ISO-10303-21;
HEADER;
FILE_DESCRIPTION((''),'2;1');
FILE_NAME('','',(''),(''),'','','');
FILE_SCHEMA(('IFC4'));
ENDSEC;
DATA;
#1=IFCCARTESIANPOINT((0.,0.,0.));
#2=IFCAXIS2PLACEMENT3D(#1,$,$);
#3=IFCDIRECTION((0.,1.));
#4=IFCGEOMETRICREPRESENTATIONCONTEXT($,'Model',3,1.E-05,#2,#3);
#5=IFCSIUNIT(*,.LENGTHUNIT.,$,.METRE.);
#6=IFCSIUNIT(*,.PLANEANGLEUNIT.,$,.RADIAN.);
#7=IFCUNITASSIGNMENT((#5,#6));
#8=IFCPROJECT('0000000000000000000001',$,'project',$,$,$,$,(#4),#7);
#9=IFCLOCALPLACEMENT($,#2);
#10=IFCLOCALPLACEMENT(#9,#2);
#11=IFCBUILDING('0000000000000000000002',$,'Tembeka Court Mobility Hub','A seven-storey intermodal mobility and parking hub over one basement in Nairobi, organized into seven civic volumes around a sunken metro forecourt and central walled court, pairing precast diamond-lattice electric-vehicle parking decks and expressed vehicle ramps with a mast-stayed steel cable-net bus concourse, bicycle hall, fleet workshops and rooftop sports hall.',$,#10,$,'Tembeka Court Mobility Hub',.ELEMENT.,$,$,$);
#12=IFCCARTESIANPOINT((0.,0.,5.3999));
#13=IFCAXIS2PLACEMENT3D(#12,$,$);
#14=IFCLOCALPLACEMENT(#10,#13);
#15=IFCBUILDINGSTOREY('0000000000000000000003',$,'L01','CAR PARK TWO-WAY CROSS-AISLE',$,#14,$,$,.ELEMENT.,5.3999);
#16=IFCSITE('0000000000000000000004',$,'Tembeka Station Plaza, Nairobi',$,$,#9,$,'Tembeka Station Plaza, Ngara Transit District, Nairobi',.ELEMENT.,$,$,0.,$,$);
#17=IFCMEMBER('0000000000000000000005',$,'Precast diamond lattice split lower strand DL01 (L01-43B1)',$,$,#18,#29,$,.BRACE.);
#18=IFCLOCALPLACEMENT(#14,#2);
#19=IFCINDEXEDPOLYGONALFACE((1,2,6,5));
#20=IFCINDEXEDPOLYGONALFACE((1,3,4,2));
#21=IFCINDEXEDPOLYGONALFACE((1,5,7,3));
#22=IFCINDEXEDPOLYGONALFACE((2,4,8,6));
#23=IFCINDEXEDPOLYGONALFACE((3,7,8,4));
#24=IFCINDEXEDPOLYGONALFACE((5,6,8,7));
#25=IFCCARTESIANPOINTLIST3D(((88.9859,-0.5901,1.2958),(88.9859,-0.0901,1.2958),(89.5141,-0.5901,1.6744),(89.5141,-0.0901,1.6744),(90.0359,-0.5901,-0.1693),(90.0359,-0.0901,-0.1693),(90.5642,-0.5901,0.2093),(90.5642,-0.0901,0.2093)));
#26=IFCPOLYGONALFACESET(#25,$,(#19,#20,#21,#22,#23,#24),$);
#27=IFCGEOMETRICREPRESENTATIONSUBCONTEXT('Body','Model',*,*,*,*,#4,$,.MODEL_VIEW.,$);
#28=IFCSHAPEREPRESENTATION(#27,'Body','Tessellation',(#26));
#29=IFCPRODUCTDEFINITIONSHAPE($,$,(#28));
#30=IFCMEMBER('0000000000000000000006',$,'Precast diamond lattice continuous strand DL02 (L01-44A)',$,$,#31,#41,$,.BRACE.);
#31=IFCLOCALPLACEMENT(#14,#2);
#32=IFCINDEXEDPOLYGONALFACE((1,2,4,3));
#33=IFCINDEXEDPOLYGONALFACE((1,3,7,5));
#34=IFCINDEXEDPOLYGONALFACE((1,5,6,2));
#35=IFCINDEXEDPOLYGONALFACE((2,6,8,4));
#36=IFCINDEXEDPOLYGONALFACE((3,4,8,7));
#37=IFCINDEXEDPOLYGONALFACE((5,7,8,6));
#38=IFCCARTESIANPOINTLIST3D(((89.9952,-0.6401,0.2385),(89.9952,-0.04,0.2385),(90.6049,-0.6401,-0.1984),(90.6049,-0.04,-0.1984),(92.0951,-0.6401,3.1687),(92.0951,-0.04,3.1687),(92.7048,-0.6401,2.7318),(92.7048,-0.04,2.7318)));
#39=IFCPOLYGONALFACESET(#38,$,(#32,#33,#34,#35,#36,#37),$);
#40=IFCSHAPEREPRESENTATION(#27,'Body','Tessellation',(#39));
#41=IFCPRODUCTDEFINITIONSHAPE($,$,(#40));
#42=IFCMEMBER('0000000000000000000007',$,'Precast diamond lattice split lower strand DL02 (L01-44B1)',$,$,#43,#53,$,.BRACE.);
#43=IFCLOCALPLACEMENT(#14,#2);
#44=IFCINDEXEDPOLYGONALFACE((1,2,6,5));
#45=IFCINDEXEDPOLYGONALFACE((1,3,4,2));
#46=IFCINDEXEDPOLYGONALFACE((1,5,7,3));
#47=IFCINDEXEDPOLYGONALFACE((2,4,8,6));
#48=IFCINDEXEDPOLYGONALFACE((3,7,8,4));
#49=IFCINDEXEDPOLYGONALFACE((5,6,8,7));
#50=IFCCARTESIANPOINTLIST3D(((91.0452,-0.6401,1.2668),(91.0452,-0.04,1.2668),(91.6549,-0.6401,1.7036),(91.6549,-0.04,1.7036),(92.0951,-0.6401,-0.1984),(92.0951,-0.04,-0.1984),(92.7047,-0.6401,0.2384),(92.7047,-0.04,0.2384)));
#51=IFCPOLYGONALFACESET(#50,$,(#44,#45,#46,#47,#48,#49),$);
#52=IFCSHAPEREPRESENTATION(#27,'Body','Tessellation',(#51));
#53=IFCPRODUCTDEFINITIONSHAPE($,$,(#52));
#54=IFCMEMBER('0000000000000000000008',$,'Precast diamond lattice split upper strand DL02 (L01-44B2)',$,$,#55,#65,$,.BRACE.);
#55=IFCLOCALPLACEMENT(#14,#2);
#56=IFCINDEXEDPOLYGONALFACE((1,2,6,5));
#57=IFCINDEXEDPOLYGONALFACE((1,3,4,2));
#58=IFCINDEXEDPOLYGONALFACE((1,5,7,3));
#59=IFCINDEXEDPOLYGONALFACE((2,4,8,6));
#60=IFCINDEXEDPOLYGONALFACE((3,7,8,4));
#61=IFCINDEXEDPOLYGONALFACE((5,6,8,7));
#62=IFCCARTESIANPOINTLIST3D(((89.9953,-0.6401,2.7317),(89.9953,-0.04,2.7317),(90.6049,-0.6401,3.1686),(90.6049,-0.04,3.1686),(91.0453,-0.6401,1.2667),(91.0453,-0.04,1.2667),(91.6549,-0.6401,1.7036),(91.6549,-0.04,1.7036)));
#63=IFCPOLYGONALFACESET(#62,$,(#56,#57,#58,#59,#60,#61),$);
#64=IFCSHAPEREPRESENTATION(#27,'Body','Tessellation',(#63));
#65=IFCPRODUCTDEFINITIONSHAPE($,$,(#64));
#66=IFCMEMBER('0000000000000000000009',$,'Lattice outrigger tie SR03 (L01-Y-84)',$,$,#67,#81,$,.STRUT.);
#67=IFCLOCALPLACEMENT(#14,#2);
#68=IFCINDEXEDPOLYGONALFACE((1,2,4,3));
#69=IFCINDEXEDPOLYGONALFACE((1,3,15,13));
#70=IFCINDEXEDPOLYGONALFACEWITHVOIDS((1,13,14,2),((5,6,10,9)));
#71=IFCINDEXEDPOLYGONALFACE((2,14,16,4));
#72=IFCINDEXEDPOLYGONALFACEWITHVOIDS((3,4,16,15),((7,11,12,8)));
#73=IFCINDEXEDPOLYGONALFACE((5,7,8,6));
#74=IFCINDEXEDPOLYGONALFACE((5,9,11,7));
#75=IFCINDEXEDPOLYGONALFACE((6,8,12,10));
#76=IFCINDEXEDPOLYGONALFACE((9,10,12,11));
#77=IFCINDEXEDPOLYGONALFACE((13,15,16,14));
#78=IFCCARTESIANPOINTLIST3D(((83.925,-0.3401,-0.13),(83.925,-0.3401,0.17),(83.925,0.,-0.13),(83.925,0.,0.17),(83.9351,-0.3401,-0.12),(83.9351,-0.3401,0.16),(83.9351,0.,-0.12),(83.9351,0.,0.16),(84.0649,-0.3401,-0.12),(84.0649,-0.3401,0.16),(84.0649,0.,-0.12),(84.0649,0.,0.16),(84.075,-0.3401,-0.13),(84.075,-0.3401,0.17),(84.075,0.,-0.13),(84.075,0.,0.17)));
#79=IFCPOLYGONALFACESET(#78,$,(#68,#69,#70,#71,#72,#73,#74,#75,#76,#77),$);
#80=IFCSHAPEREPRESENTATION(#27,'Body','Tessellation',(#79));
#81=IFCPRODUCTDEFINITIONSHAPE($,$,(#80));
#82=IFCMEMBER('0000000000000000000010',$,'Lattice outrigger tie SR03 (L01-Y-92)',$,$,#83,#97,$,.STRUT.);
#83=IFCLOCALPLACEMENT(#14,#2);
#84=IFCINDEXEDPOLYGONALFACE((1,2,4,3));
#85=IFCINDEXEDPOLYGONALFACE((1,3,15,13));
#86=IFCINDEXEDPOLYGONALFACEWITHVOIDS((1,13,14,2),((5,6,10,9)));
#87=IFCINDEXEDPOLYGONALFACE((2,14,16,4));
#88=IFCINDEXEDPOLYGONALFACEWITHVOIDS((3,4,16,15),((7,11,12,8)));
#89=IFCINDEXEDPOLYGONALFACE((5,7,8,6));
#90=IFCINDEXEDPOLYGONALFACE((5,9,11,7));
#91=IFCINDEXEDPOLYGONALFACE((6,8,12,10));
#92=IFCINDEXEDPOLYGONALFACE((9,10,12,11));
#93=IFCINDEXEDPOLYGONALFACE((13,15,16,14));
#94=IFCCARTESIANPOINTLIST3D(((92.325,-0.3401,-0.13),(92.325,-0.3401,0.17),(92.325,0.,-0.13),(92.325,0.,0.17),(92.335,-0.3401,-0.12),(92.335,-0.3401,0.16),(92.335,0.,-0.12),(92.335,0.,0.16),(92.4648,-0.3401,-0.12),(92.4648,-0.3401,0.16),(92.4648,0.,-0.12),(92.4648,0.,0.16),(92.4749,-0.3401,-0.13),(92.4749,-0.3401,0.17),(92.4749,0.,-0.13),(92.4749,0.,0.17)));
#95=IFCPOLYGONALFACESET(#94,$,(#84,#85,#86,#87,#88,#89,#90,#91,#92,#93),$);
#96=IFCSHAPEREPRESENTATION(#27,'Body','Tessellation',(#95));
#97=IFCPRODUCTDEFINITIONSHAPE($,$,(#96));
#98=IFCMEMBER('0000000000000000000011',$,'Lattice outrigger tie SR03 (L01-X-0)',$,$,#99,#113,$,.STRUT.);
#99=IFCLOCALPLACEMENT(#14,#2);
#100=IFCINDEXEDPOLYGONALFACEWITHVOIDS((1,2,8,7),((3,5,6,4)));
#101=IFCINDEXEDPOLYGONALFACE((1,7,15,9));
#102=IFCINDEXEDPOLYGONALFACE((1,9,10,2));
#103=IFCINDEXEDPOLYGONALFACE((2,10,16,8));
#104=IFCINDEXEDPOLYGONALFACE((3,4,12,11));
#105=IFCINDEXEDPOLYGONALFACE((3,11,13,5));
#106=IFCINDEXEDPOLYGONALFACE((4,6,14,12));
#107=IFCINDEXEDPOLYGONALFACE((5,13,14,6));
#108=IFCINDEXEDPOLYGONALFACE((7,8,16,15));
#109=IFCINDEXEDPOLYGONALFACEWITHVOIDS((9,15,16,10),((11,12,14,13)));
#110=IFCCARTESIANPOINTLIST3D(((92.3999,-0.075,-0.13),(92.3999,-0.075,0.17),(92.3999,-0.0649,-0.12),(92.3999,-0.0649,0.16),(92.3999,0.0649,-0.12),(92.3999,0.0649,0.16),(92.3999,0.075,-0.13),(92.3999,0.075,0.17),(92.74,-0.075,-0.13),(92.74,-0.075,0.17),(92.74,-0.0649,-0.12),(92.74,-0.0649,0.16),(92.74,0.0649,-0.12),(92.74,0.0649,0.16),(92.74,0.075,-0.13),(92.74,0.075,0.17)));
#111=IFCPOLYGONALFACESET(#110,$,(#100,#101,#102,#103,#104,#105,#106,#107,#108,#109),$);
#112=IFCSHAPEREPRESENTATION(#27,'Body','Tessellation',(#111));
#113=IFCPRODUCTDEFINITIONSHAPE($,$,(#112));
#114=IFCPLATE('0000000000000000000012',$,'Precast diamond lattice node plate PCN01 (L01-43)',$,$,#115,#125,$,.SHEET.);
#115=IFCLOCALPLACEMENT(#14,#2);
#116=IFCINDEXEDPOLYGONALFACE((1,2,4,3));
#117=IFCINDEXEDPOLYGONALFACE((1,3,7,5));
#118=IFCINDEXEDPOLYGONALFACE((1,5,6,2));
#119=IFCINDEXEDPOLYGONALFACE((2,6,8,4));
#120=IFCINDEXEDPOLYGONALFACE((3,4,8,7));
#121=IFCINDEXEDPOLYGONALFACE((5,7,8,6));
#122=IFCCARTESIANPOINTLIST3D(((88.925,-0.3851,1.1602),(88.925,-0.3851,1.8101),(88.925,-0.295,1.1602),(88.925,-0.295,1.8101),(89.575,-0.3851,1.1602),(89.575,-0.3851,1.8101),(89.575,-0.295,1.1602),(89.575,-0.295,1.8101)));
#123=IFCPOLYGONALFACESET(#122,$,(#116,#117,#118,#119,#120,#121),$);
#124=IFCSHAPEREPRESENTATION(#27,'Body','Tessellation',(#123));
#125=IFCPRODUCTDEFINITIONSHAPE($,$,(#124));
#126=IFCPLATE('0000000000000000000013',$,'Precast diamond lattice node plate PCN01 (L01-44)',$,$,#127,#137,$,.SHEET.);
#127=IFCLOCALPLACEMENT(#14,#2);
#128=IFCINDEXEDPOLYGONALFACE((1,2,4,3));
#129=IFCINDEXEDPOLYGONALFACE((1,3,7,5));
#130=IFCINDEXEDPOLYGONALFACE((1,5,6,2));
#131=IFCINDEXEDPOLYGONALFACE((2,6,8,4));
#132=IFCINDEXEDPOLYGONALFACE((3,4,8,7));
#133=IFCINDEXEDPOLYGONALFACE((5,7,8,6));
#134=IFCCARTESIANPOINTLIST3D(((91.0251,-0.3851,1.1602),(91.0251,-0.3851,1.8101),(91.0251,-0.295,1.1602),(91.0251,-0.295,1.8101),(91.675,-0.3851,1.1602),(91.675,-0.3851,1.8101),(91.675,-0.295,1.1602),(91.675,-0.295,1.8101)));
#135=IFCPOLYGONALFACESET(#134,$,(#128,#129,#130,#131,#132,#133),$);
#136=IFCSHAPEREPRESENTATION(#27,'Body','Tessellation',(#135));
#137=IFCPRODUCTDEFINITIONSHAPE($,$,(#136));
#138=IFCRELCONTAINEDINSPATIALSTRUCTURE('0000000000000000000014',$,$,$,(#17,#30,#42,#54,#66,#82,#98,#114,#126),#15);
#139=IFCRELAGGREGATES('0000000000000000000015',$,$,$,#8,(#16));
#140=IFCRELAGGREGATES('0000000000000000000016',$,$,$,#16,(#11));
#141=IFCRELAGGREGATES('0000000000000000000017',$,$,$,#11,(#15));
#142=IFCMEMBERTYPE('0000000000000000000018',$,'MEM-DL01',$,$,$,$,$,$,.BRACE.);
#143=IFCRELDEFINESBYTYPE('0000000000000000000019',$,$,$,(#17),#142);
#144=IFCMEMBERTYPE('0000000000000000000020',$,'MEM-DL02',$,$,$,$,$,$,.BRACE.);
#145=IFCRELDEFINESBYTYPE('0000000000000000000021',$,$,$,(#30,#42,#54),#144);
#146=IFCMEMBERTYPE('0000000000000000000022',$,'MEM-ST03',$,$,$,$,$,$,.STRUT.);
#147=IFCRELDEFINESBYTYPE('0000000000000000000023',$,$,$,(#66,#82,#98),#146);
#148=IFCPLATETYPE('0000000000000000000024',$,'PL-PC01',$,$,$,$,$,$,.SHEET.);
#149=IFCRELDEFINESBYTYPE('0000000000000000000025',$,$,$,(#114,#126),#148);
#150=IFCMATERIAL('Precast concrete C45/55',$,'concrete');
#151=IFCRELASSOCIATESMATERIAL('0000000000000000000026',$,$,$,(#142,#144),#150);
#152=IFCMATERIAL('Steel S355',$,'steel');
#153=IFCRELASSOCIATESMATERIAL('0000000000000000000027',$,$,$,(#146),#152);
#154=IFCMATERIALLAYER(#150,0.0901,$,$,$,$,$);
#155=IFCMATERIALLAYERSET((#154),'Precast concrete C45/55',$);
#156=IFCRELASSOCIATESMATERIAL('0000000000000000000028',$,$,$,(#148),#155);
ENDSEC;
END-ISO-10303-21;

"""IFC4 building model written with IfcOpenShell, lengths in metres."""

from ifc_helpers import new_model, si_unit, direction, frame, origin, origin_2d, place, context, subcontext, project, spatial, rectangle, hollow_rectangle, extrude, material, layer, layer_set, material_profile, profile_set, type_object, element, save


model = new_model("IFC4")

# Units and contexts
model_context = context("Model", 3, precision=1e-05, world=origin(), true_north=direction((0.0, 1.0)))
body_context = subcontext(model_context, "Body", "Model", "MODEL_VIEW")
ifc_project = project(units=[si_unit("LENGTHUNIT", "METRE"), si_unit("PLANEANGLEUNIT", "RADIAN")], contexts=[model_context])

# Site, building, storey
site_placement = place(None, origin())
site = spatial("IfcSite", under=ifc_project, at=site_placement, Name="Tembeka Station Plaza, Nairobi", LongName="Tembeka Station Plaza, Ngara Transit District, Nairobi", CompositionType="ELEMENT", RefElevation=0.0)
building_placement = place(site_placement, origin())
building = spatial("IfcBuilding", under=site, at=building_placement, Name="Tembeka Court Mobility Hub", Description="A seven-storey intermodal mobility and parking hub over one basement in Nairobi, organized into seven civic volumes around a sunken metro forecourt and central walled court, pairing precast diamond-lattice electric-vehicle parking decks and expressed vehicle ramps with a mast-stayed steel cable-net bus concourse, bicycle hall, fleet workshops and rooftop sports hall.", LongName="Tembeka Court Mobility Hub", CompositionType="ELEMENT")
storey_placement = place(building_placement, frame((0.0, 0.0, 5.3999)))
storey = spatial("IfcBuildingStorey", under=building, at=storey_placement, Name="L01", Description="CAR PARK TWO-WAY CROSS-AISLE", CompositionType="ELEMENT", Elevation=5.3999)

# Shared definitions
ifc_material_1 = material(Name="Steel S355", Category="steel")

# Shared definitions
ifc_material_2 = material(Name="Precast concrete C45/55", Category="concrete")

# Members
ifc_material_profile_1 = material_profile(ifc_material_2, rectangle(XDim=0.5, YDim=0.6499, at=origin_2d()), Name="PC-DIAG 500x650")
ifc_profile_set_1 = profile_set([ifc_material_profile_1], Name="Precast concrete C45/55")
member_type_1 = type_object("IfcMemberType", Name="MEM-DL01", PredefinedType="BRACE", material=ifc_profile_set_1)
member_1_placement = place(storey_placement, frame((90.3, -0.3401, 0.02), z_axis=(-0.582544, 0.0, 0.812799), x_axis=(0.0, -1.0, 0.0)))
element("IfcMember", 1, at=member_1_placement, inside=storey, type_object=member_type_1, Name="Precast diamond lattice split lower strand DL01 (L01-43B1)", PredefinedType="BRACE", context=body_context, shape_type="SweptSolid", body=[
    extrude(rectangle(XDim=0.5, YDim=0.6499, at=origin_2d()), origin(), (0.0, 0.0, 1.0), 1.8025),
])
ifc_material_profile_2 = material_profile(ifc_material_2, rectangle(XDim=0.6001, YDim=0.75, at=origin_2d()), Name="PC-DIAG 600x750")
ifc_profile_set_2 = profile_set([ifc_material_profile_2], Name="Precast concrete C45/55")
member_type_2 = type_object("IfcMemberType", Name="MEM-DL02", PredefinedType="BRACE", material=ifc_profile_set_2)
member_2_placement = place(storey_placement, frame((90.3, -0.3401, 0.02), z_axis=(0.5825, 0.0, 0.812831), x_axis=(0.0, 1.0, 0.0)))
element("IfcMember", 2, at=member_2_placement, inside=storey, type_object=member_type_2, Name="Precast diamond lattice continuous strand DL02 (L01-44A)", PredefinedType="BRACE", context=body_context, shape_type="SweptSolid", body=[
    extrude(rectangle(XDim=0.6001, YDim=0.75, at=origin_2d()), origin(), (0.0, 0.0, 1.0), 3.605),
])
for number, where, z_axis, x_axis, name in (
    (3, (92.3999, -0.3401, 0.02), (-0.582455, 0.0, 0.812863), (0.0, -1.0, 0.0), "Precast diamond lattice split lower strand DL02 (L01-44B1)"),
    (4, (91.3501, -0.3401, 1.4851), (-0.582544, 0.0, 0.812799), (0.0, -1.0, 0.0), "Precast diamond lattice split upper strand DL02 (L01-44B2)"),
):
    element("IfcMember", number, at=place(storey_placement, frame(where, z_axis=z_axis, x_axis=x_axis)), inside=storey, type_object=member_type_2, Name=name, PredefinedType="BRACE", context=body_context, shape_type="SweptSolid", body=[
        extrude(rectangle(XDim=0.6001, YDim=0.75, at=origin_2d()), origin(), (0.0, 0.0, 1.0), 1.8025),
    ])
ifc_material_profile_3 = material_profile(ifc_material_1, hollow_rectangle(XDim=0.1499, YDim=0.3, WallThickness=0.01, at=origin_2d()), Name="RHS 300x150x10")
ifc_profile_set_3 = profile_set([ifc_material_profile_3], Name="Steel S355")
member_type_3 = type_object("IfcMemberType", Name="MEM-ST03", PredefinedType="STRUT", material=ifc_profile_set_3)
for number, where, z_axis, x_axis, name in (
    (5, (84.0, 0.0, 0.02), (0.0, -1.0, 0.0), (1.0, 0.0, 0.0), "Lattice outrigger tie SR03 (L01-Y-84)"),
    (6, (92.3999, 0.0, 0.02), (0.0, -1.0, 0.0), (1.0, 0.0, 0.0), "Lattice outrigger tie SR03 (L01-Y-92)"),
    (7, (92.3999, 0.0, 0.02), (1.0, 0.0, 0.0), (0.0, 1.0, 0.0), "Lattice outrigger tie SR03 (L01-X-0)"),
):
    element("IfcMember", number, at=place(storey_placement, frame(where, z_axis=z_axis, x_axis=x_axis)), inside=storey, type_object=member_type_3, Name=name, PredefinedType="STRUT", context=body_context, shape_type="SweptSolid", body=[
        extrude(hollow_rectangle(XDim=0.1499, YDim=0.3, WallThickness=0.01, at=origin_2d()), origin(), (0.0, 0.0, 1.0), 0.3401),
    ])

# Plates
ifc_layer = layer(ifc_material_2, 0.0901)
ifc_layer_set = layer_set([ifc_layer], Name="Precast concrete C45/55")
plate_type = type_object("IfcPlateType", Name="PL-PC01", PredefinedType="SHEET", material=ifc_layer_set)
for number, where, z_axis, x_axis, name in (
    (8, (89.25, -0.3401, 1.1602), (0.0, 0.0, 1.0), (1.0, 0.0, 0.0), "Precast diamond lattice node plate PCN01 (L01-43)"),
    (9, (91.3501, -0.3401, 1.1602), (0.0, 0.0, 1.0), (1.0, 0.0, 0.0), "Precast diamond lattice node plate PCN01 (L01-44)"),
):
    element("IfcPlate", number, at=place(storey_placement, frame(where, z_axis=z_axis, x_axis=x_axis)), inside=storey, type_object=plate_type, Name=name, PredefinedType="SHEET", context=body_context, shape_type="SweptSolid", body=[
        extrude(rectangle(XDim=0.6499, YDim=0.0901, at=origin_2d()), origin(), (0.0, 0.0, 1.0), 0.6499),
    ])

save(model, "model.ifc")
